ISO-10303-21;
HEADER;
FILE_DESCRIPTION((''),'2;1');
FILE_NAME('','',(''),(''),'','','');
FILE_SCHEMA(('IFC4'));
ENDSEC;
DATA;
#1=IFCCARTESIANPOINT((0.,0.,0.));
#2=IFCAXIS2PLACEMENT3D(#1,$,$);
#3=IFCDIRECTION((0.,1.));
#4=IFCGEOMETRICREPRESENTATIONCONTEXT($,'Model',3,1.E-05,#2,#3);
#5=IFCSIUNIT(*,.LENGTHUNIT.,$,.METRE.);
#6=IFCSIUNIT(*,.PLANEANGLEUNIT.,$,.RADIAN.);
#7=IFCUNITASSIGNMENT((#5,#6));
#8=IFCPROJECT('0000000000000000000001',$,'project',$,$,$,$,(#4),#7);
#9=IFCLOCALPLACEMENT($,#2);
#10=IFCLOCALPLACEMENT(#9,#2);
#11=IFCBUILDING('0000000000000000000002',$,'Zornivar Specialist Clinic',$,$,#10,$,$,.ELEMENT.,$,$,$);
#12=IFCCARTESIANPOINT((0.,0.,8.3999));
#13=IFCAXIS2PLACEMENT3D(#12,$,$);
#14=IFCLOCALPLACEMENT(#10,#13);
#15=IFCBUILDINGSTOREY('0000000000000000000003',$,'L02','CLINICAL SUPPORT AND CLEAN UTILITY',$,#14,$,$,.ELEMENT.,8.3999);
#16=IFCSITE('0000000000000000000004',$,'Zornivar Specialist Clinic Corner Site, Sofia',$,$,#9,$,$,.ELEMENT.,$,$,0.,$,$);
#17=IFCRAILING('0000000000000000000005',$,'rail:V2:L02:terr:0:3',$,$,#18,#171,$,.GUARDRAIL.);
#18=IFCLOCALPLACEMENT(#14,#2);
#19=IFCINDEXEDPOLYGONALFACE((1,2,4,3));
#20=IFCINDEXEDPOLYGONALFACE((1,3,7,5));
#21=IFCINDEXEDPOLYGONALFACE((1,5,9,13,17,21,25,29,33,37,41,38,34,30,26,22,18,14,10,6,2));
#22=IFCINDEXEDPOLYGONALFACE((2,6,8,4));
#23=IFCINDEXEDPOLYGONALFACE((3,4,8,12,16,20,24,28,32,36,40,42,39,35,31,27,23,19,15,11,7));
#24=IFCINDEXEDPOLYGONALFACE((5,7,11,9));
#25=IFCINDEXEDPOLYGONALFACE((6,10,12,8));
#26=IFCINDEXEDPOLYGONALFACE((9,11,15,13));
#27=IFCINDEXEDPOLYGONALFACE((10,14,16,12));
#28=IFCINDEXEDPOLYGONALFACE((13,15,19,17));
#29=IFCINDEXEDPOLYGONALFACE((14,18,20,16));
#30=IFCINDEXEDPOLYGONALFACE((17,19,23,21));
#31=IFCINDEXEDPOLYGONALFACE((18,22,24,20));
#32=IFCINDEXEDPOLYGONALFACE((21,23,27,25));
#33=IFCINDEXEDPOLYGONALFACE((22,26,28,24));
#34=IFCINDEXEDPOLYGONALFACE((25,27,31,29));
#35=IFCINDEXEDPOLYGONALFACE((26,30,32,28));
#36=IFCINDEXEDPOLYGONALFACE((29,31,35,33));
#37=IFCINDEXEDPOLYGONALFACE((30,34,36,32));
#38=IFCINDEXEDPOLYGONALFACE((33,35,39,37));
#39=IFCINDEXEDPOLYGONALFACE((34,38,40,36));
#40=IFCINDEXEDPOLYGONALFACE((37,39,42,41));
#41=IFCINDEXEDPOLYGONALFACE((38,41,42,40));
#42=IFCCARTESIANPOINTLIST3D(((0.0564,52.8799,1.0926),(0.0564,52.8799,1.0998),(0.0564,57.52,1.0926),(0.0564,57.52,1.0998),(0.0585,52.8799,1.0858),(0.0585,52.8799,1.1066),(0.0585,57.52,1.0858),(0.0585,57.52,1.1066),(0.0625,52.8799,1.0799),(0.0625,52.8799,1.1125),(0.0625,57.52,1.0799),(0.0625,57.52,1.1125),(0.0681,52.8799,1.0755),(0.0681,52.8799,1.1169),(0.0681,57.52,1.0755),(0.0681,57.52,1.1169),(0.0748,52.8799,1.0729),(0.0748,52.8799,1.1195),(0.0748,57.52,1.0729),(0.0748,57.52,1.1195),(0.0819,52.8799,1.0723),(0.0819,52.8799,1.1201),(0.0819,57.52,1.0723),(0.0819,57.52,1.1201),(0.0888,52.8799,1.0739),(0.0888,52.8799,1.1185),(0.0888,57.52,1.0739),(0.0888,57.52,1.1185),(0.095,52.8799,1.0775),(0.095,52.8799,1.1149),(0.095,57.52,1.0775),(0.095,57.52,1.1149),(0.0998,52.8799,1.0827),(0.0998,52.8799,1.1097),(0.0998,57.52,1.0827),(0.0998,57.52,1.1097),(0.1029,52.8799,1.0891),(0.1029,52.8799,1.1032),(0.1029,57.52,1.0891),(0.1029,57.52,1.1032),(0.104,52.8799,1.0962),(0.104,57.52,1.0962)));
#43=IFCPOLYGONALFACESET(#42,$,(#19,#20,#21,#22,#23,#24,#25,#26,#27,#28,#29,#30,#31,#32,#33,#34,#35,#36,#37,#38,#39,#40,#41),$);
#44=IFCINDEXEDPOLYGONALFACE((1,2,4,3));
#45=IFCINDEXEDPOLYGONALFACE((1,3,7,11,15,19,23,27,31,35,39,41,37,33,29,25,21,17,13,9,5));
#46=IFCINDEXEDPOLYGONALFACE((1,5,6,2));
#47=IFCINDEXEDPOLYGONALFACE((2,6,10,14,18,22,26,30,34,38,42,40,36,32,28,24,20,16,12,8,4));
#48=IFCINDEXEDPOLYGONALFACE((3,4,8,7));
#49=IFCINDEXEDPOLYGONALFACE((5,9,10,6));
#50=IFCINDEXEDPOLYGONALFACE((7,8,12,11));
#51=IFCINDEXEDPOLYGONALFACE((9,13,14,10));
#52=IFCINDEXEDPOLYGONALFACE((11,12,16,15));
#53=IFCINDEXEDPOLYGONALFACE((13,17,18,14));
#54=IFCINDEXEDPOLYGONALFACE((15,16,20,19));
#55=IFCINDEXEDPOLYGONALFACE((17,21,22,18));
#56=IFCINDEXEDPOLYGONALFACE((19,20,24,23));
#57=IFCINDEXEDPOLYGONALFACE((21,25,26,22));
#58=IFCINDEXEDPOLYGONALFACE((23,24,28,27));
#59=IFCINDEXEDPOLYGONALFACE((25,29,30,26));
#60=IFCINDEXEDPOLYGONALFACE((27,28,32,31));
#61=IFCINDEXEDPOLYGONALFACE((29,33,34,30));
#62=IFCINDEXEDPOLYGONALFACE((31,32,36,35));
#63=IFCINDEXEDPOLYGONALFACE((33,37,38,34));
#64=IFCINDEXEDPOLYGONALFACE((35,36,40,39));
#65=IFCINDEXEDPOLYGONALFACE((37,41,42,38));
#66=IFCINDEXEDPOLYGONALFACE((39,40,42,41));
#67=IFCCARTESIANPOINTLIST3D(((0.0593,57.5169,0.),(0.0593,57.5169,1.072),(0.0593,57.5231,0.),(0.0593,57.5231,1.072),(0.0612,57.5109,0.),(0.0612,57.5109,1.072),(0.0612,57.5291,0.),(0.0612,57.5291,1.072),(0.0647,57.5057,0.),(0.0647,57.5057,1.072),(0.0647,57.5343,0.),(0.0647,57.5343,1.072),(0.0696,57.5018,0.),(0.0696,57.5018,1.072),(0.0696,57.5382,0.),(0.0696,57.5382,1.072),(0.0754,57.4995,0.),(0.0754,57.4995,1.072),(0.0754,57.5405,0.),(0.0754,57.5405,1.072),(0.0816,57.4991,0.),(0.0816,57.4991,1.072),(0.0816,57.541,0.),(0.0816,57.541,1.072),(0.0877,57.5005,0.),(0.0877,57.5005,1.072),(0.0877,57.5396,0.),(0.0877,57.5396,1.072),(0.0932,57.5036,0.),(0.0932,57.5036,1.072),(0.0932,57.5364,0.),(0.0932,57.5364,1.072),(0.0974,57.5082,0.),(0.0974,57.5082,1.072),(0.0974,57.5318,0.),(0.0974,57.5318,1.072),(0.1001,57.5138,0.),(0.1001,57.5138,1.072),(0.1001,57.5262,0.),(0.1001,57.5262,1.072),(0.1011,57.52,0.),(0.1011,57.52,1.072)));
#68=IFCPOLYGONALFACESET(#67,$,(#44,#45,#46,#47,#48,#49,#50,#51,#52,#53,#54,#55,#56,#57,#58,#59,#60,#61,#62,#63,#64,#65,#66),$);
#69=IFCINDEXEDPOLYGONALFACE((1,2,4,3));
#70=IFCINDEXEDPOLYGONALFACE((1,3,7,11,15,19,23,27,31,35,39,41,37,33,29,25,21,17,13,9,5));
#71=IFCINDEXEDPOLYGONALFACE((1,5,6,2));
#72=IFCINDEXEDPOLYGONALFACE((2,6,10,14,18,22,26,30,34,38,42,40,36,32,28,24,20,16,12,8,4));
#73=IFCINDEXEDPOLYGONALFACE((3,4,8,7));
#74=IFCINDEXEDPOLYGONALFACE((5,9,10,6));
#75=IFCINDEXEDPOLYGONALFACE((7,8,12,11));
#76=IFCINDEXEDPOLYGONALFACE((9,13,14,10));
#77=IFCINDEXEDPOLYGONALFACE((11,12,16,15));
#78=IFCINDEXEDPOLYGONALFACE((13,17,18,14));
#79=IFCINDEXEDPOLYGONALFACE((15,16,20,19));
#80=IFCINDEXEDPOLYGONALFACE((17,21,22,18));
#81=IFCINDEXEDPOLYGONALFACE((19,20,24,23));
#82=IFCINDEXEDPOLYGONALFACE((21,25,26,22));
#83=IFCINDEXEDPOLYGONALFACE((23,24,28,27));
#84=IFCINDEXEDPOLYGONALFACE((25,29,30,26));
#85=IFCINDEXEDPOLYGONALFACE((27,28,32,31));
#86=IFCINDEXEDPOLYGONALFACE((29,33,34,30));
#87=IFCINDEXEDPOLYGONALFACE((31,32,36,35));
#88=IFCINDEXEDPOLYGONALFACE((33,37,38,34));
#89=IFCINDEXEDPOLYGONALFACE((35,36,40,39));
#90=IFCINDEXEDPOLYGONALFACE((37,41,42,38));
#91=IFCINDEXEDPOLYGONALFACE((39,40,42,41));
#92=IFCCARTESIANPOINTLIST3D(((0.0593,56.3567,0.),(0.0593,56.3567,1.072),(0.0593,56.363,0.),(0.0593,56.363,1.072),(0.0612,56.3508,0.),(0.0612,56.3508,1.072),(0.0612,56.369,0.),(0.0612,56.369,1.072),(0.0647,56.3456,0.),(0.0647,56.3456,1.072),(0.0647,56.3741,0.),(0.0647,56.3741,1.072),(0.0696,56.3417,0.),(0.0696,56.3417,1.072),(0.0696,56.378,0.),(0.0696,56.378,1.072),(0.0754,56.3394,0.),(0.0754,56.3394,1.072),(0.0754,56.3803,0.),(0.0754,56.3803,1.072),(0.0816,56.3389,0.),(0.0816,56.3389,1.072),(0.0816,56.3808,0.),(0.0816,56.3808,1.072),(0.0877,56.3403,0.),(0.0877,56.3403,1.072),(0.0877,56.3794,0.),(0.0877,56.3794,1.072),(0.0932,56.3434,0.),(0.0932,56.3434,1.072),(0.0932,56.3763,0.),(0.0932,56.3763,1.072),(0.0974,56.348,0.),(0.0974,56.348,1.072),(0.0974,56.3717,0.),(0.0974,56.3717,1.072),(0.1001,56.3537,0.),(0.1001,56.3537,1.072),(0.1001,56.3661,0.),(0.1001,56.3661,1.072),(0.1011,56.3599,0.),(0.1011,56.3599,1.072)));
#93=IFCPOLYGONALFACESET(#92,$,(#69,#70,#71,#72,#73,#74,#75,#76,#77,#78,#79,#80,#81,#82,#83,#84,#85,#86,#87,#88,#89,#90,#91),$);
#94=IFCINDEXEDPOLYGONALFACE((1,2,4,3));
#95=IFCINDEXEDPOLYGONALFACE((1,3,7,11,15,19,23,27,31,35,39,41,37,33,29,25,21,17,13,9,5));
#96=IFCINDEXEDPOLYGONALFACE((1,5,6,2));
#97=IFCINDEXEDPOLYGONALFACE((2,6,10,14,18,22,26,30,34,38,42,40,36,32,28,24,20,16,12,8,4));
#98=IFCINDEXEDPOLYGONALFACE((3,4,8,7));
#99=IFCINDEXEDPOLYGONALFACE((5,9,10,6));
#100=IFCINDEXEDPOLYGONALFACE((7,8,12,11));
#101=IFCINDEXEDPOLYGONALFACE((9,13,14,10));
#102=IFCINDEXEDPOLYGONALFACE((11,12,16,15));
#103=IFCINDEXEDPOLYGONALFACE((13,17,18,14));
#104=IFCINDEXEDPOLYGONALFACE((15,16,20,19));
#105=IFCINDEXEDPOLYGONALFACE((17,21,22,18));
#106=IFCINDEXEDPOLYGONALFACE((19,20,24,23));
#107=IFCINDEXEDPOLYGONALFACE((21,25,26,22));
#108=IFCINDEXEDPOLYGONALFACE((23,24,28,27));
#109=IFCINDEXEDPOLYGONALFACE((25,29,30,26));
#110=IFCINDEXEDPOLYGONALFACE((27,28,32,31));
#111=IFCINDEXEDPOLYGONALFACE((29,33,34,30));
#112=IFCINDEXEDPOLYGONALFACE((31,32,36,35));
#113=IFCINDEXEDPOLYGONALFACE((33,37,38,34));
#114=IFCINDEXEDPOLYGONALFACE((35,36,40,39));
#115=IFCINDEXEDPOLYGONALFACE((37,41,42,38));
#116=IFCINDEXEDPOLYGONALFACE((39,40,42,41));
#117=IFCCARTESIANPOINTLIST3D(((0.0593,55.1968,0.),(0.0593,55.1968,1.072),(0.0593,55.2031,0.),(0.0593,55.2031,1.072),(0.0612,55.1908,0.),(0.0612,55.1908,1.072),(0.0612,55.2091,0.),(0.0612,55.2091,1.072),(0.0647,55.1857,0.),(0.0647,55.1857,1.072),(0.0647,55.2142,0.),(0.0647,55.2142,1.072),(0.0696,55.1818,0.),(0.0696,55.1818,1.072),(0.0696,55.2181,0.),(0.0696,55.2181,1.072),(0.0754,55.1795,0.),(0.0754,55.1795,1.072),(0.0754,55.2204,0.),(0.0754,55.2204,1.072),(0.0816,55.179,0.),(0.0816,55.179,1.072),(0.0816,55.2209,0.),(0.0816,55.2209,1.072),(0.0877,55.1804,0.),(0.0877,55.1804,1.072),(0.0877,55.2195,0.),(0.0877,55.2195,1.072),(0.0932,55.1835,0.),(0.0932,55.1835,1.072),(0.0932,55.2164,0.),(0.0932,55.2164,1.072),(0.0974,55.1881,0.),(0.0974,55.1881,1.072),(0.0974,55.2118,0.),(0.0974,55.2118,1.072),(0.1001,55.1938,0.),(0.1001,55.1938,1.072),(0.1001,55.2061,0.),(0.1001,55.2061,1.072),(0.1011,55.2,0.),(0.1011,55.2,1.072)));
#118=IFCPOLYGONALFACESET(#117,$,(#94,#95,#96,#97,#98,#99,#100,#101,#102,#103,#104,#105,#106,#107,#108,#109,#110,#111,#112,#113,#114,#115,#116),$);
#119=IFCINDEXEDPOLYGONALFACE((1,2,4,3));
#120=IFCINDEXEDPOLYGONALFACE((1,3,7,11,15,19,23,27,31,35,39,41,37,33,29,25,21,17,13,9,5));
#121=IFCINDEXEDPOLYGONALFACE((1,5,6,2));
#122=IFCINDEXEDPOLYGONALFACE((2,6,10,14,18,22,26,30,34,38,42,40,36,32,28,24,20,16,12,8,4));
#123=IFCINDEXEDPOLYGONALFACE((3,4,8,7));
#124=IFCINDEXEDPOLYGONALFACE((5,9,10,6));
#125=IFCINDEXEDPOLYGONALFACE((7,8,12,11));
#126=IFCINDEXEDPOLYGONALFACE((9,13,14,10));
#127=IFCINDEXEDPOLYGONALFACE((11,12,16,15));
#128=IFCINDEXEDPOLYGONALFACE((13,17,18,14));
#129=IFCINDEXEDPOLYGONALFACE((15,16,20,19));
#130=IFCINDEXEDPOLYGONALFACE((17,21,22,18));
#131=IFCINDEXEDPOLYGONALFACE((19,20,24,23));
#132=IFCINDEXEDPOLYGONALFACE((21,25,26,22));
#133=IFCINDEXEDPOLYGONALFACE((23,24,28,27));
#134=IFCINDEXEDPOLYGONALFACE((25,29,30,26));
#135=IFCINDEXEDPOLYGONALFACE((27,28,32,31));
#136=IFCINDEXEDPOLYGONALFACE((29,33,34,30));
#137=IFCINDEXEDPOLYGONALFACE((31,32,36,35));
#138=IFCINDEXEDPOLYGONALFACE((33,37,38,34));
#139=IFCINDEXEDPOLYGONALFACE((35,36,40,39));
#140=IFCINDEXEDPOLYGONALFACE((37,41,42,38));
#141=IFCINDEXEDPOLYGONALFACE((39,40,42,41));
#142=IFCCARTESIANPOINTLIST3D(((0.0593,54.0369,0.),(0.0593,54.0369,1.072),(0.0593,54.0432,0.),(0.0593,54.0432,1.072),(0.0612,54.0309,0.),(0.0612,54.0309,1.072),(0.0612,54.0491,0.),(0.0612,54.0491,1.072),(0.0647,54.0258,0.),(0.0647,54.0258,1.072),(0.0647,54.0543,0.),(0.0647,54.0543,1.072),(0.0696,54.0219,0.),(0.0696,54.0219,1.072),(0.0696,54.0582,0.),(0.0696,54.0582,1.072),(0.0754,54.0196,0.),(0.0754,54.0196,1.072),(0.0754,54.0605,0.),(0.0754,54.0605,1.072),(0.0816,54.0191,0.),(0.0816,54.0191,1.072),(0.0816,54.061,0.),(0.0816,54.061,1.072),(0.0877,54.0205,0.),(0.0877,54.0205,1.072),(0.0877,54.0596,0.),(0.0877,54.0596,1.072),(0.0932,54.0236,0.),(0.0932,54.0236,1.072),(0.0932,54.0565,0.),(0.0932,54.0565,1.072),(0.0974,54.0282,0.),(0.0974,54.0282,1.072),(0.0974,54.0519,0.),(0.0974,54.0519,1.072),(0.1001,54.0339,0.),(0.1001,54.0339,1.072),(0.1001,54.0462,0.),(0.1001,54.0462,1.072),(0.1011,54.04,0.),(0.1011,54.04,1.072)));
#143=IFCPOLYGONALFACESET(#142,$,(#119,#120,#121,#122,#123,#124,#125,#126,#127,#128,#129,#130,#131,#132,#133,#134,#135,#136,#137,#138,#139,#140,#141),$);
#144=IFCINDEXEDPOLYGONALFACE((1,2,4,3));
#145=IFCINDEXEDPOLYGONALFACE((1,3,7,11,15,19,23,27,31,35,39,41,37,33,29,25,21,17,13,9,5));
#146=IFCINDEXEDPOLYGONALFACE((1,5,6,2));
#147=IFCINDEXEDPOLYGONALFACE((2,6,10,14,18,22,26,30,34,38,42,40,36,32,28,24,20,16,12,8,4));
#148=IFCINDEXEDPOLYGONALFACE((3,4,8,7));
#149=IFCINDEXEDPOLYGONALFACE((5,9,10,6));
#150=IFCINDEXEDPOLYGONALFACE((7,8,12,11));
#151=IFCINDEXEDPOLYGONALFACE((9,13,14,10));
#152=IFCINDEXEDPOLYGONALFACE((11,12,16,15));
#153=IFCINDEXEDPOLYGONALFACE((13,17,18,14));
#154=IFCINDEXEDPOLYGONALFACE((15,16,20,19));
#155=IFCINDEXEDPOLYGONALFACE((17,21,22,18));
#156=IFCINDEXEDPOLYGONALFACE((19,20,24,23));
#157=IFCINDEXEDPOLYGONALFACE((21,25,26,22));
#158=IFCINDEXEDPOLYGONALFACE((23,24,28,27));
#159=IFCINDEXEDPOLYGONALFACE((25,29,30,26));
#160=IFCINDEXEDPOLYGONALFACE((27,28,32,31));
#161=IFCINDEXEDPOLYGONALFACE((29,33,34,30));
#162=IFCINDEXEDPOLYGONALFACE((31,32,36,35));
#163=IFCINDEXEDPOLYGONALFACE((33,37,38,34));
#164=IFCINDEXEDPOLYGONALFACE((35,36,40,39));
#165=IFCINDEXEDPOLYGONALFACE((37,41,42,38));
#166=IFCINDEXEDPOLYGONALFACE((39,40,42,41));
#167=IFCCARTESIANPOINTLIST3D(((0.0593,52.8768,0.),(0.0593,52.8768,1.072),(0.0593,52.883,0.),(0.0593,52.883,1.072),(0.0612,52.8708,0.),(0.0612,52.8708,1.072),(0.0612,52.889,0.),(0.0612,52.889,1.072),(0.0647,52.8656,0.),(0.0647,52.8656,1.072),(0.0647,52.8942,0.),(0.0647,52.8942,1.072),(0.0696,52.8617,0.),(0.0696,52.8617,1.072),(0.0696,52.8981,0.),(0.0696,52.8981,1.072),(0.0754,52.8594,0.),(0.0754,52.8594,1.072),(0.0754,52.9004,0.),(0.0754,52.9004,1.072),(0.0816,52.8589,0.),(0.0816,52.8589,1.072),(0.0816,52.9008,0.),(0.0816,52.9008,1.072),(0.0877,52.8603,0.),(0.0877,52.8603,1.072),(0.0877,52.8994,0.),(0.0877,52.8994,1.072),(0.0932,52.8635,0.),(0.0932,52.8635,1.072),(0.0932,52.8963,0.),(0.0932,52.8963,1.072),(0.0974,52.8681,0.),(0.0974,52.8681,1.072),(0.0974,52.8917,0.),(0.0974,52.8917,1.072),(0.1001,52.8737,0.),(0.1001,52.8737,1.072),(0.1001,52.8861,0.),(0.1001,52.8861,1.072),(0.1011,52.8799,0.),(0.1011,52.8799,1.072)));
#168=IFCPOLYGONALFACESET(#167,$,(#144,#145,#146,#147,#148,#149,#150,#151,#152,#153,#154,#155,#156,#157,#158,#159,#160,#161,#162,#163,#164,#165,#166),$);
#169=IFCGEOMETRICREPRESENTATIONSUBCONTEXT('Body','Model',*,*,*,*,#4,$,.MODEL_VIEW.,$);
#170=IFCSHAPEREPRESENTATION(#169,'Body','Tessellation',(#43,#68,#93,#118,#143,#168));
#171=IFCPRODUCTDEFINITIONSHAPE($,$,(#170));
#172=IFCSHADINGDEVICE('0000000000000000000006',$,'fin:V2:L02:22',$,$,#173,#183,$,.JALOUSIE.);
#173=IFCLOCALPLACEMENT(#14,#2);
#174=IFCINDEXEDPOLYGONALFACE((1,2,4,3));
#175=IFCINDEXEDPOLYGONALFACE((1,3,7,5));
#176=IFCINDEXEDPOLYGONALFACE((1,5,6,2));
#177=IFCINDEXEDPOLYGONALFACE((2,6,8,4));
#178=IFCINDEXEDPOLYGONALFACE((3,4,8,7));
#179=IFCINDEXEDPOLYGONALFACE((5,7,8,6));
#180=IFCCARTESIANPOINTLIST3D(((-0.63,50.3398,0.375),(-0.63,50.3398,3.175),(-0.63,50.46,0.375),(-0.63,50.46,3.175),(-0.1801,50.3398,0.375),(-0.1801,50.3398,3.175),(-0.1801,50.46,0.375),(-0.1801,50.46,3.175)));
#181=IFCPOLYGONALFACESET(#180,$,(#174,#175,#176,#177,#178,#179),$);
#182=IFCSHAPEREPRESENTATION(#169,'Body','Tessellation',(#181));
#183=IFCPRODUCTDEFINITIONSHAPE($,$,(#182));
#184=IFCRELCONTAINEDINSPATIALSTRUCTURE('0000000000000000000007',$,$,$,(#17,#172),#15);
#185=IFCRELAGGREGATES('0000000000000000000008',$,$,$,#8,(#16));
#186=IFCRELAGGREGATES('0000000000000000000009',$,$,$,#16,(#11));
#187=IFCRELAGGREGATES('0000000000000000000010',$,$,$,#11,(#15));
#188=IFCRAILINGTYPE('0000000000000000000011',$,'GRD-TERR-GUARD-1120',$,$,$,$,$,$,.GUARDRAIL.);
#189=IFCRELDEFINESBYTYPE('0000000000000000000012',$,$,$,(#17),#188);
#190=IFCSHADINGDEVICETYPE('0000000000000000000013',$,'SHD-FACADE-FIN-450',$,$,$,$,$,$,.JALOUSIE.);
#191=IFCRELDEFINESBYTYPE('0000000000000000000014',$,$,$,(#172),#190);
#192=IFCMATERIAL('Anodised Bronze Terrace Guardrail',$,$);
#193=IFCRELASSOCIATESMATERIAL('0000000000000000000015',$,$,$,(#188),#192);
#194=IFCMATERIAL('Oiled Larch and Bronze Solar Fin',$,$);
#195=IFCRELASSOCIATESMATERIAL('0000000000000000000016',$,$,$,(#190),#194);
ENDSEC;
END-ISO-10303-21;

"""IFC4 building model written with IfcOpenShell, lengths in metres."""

from ifc_helpers import new_model, si_unit, direction, frame, origin, origin_2d, place, context, subcontext, project, spatial, rectangle, circle, extrude, material, type_object, element, save


model = new_model("IFC4")

# Units and contexts
model_context = context("Model", 3, precision=1e-05, world=origin(), true_north=direction((0.0, 1.0)))
body_context = subcontext(model_context, "Body", "Model", "MODEL_VIEW")
ifc_project = project(units=[si_unit("LENGTHUNIT", "METRE"), si_unit("PLANEANGLEUNIT", "RADIAN")], contexts=[model_context])

# Site, building, storey
site_placement = place(None, origin())
site = spatial("IfcSite", under=ifc_project, at=site_placement, Name="Zornivar Specialist Clinic Corner Site, Sofia", CompositionType="ELEMENT", RefElevation=0.0)
building_placement = place(site_placement, origin())
building = spatial("IfcBuilding", under=site, at=building_placement, Name="Zornivar Specialist Clinic", CompositionType="ELEMENT")
storey_placement = place(building_placement, frame((0.0, 0.0, 8.3999)))
storey = spatial("IfcBuildingStorey", under=building, at=storey_placement, Name="L02", Description="CLINICAL SUPPORT AND CLEAN UTILITY", CompositionType="ELEMENT", Elevation=8.3999)

# Railing
ifc_material_1 = material(Name="Anodised Bronze Terrace Guardrail")
railing_type = type_object("IfcRailingType", Name="GRD-TERR-GUARD-1120", PredefinedType="GUARDRAIL", material=ifc_material_1)
railing_1_placement = place(storey_placement, frame((0.0801, 57.52, 0.0)))
element("IfcRailing", 1, at=railing_1_placement, inside=storey, type_object=railing_type, Name="rail:V2:L02:terr:0:3", PredefinedType="GUARDRAIL", context=body_context, shape_type="SweptSolid", body=[
    extrude(circle(Radius=0.0239, at=origin_2d()), frame((0.0, 0.0, 1.0962), z_axis=(0.0, -1.0, 0.0), x_axis=(1.0, 0.0, 0.0)), (0.0, 0.0, 1.0), 4.6401),
    extrude(circle(Radius=0.021, at=origin_2d()), origin(), (0.0, 0.0, 1.0), 1.072),
    extrude(circle(Radius=0.021, at=origin_2d()), frame((0.0, -1.1602, 0.0)), (0.0, 0.0, 1.0), 1.072),
    extrude(circle(Radius=0.021, at=origin_2d()), frame((0.0, -2.3201, 0.0)), (0.0, 0.0, 1.0), 1.072),
    extrude(circle(Radius=0.021, at=origin_2d()), frame((0.0, -3.48, 0.0)), (0.0, 0.0, 1.0), 1.072),
    extrude(circle(Radius=0.021, at=origin_2d()), frame((0.0, -4.6401, 0.0)), (0.0, 0.0, 1.0), 1.072),
])

# Shading device
ifc_material_2 = material(Name="Oiled Larch and Bronze Solar Fin")
shading_device_type = type_object("IfcShadingDeviceType", Name="SHD-FACADE-FIN-450", PredefinedType="JALOUSIE", material=ifc_material_2)
shading_device_placement = place(storey_placement, frame((-0.405, 50.3999, 0.375), z_axis=(0.0, 0.0, 1.0), x_axis=(0.0, -1.0, 0.0)))
element("IfcShadingDevice", 2, at=shading_device_placement, inside=storey, type_object=shading_device_type, Name="fin:V2:L02:22", PredefinedType="JALOUSIE", context=body_context, shape_type="SweptSolid", body=[
    extrude(rectangle(XDim=0.1201, YDim=0.45, at=origin_2d()), origin(), (0.0, 0.0, 1.0), 2.8),
])

save(model, "model.ifc")
